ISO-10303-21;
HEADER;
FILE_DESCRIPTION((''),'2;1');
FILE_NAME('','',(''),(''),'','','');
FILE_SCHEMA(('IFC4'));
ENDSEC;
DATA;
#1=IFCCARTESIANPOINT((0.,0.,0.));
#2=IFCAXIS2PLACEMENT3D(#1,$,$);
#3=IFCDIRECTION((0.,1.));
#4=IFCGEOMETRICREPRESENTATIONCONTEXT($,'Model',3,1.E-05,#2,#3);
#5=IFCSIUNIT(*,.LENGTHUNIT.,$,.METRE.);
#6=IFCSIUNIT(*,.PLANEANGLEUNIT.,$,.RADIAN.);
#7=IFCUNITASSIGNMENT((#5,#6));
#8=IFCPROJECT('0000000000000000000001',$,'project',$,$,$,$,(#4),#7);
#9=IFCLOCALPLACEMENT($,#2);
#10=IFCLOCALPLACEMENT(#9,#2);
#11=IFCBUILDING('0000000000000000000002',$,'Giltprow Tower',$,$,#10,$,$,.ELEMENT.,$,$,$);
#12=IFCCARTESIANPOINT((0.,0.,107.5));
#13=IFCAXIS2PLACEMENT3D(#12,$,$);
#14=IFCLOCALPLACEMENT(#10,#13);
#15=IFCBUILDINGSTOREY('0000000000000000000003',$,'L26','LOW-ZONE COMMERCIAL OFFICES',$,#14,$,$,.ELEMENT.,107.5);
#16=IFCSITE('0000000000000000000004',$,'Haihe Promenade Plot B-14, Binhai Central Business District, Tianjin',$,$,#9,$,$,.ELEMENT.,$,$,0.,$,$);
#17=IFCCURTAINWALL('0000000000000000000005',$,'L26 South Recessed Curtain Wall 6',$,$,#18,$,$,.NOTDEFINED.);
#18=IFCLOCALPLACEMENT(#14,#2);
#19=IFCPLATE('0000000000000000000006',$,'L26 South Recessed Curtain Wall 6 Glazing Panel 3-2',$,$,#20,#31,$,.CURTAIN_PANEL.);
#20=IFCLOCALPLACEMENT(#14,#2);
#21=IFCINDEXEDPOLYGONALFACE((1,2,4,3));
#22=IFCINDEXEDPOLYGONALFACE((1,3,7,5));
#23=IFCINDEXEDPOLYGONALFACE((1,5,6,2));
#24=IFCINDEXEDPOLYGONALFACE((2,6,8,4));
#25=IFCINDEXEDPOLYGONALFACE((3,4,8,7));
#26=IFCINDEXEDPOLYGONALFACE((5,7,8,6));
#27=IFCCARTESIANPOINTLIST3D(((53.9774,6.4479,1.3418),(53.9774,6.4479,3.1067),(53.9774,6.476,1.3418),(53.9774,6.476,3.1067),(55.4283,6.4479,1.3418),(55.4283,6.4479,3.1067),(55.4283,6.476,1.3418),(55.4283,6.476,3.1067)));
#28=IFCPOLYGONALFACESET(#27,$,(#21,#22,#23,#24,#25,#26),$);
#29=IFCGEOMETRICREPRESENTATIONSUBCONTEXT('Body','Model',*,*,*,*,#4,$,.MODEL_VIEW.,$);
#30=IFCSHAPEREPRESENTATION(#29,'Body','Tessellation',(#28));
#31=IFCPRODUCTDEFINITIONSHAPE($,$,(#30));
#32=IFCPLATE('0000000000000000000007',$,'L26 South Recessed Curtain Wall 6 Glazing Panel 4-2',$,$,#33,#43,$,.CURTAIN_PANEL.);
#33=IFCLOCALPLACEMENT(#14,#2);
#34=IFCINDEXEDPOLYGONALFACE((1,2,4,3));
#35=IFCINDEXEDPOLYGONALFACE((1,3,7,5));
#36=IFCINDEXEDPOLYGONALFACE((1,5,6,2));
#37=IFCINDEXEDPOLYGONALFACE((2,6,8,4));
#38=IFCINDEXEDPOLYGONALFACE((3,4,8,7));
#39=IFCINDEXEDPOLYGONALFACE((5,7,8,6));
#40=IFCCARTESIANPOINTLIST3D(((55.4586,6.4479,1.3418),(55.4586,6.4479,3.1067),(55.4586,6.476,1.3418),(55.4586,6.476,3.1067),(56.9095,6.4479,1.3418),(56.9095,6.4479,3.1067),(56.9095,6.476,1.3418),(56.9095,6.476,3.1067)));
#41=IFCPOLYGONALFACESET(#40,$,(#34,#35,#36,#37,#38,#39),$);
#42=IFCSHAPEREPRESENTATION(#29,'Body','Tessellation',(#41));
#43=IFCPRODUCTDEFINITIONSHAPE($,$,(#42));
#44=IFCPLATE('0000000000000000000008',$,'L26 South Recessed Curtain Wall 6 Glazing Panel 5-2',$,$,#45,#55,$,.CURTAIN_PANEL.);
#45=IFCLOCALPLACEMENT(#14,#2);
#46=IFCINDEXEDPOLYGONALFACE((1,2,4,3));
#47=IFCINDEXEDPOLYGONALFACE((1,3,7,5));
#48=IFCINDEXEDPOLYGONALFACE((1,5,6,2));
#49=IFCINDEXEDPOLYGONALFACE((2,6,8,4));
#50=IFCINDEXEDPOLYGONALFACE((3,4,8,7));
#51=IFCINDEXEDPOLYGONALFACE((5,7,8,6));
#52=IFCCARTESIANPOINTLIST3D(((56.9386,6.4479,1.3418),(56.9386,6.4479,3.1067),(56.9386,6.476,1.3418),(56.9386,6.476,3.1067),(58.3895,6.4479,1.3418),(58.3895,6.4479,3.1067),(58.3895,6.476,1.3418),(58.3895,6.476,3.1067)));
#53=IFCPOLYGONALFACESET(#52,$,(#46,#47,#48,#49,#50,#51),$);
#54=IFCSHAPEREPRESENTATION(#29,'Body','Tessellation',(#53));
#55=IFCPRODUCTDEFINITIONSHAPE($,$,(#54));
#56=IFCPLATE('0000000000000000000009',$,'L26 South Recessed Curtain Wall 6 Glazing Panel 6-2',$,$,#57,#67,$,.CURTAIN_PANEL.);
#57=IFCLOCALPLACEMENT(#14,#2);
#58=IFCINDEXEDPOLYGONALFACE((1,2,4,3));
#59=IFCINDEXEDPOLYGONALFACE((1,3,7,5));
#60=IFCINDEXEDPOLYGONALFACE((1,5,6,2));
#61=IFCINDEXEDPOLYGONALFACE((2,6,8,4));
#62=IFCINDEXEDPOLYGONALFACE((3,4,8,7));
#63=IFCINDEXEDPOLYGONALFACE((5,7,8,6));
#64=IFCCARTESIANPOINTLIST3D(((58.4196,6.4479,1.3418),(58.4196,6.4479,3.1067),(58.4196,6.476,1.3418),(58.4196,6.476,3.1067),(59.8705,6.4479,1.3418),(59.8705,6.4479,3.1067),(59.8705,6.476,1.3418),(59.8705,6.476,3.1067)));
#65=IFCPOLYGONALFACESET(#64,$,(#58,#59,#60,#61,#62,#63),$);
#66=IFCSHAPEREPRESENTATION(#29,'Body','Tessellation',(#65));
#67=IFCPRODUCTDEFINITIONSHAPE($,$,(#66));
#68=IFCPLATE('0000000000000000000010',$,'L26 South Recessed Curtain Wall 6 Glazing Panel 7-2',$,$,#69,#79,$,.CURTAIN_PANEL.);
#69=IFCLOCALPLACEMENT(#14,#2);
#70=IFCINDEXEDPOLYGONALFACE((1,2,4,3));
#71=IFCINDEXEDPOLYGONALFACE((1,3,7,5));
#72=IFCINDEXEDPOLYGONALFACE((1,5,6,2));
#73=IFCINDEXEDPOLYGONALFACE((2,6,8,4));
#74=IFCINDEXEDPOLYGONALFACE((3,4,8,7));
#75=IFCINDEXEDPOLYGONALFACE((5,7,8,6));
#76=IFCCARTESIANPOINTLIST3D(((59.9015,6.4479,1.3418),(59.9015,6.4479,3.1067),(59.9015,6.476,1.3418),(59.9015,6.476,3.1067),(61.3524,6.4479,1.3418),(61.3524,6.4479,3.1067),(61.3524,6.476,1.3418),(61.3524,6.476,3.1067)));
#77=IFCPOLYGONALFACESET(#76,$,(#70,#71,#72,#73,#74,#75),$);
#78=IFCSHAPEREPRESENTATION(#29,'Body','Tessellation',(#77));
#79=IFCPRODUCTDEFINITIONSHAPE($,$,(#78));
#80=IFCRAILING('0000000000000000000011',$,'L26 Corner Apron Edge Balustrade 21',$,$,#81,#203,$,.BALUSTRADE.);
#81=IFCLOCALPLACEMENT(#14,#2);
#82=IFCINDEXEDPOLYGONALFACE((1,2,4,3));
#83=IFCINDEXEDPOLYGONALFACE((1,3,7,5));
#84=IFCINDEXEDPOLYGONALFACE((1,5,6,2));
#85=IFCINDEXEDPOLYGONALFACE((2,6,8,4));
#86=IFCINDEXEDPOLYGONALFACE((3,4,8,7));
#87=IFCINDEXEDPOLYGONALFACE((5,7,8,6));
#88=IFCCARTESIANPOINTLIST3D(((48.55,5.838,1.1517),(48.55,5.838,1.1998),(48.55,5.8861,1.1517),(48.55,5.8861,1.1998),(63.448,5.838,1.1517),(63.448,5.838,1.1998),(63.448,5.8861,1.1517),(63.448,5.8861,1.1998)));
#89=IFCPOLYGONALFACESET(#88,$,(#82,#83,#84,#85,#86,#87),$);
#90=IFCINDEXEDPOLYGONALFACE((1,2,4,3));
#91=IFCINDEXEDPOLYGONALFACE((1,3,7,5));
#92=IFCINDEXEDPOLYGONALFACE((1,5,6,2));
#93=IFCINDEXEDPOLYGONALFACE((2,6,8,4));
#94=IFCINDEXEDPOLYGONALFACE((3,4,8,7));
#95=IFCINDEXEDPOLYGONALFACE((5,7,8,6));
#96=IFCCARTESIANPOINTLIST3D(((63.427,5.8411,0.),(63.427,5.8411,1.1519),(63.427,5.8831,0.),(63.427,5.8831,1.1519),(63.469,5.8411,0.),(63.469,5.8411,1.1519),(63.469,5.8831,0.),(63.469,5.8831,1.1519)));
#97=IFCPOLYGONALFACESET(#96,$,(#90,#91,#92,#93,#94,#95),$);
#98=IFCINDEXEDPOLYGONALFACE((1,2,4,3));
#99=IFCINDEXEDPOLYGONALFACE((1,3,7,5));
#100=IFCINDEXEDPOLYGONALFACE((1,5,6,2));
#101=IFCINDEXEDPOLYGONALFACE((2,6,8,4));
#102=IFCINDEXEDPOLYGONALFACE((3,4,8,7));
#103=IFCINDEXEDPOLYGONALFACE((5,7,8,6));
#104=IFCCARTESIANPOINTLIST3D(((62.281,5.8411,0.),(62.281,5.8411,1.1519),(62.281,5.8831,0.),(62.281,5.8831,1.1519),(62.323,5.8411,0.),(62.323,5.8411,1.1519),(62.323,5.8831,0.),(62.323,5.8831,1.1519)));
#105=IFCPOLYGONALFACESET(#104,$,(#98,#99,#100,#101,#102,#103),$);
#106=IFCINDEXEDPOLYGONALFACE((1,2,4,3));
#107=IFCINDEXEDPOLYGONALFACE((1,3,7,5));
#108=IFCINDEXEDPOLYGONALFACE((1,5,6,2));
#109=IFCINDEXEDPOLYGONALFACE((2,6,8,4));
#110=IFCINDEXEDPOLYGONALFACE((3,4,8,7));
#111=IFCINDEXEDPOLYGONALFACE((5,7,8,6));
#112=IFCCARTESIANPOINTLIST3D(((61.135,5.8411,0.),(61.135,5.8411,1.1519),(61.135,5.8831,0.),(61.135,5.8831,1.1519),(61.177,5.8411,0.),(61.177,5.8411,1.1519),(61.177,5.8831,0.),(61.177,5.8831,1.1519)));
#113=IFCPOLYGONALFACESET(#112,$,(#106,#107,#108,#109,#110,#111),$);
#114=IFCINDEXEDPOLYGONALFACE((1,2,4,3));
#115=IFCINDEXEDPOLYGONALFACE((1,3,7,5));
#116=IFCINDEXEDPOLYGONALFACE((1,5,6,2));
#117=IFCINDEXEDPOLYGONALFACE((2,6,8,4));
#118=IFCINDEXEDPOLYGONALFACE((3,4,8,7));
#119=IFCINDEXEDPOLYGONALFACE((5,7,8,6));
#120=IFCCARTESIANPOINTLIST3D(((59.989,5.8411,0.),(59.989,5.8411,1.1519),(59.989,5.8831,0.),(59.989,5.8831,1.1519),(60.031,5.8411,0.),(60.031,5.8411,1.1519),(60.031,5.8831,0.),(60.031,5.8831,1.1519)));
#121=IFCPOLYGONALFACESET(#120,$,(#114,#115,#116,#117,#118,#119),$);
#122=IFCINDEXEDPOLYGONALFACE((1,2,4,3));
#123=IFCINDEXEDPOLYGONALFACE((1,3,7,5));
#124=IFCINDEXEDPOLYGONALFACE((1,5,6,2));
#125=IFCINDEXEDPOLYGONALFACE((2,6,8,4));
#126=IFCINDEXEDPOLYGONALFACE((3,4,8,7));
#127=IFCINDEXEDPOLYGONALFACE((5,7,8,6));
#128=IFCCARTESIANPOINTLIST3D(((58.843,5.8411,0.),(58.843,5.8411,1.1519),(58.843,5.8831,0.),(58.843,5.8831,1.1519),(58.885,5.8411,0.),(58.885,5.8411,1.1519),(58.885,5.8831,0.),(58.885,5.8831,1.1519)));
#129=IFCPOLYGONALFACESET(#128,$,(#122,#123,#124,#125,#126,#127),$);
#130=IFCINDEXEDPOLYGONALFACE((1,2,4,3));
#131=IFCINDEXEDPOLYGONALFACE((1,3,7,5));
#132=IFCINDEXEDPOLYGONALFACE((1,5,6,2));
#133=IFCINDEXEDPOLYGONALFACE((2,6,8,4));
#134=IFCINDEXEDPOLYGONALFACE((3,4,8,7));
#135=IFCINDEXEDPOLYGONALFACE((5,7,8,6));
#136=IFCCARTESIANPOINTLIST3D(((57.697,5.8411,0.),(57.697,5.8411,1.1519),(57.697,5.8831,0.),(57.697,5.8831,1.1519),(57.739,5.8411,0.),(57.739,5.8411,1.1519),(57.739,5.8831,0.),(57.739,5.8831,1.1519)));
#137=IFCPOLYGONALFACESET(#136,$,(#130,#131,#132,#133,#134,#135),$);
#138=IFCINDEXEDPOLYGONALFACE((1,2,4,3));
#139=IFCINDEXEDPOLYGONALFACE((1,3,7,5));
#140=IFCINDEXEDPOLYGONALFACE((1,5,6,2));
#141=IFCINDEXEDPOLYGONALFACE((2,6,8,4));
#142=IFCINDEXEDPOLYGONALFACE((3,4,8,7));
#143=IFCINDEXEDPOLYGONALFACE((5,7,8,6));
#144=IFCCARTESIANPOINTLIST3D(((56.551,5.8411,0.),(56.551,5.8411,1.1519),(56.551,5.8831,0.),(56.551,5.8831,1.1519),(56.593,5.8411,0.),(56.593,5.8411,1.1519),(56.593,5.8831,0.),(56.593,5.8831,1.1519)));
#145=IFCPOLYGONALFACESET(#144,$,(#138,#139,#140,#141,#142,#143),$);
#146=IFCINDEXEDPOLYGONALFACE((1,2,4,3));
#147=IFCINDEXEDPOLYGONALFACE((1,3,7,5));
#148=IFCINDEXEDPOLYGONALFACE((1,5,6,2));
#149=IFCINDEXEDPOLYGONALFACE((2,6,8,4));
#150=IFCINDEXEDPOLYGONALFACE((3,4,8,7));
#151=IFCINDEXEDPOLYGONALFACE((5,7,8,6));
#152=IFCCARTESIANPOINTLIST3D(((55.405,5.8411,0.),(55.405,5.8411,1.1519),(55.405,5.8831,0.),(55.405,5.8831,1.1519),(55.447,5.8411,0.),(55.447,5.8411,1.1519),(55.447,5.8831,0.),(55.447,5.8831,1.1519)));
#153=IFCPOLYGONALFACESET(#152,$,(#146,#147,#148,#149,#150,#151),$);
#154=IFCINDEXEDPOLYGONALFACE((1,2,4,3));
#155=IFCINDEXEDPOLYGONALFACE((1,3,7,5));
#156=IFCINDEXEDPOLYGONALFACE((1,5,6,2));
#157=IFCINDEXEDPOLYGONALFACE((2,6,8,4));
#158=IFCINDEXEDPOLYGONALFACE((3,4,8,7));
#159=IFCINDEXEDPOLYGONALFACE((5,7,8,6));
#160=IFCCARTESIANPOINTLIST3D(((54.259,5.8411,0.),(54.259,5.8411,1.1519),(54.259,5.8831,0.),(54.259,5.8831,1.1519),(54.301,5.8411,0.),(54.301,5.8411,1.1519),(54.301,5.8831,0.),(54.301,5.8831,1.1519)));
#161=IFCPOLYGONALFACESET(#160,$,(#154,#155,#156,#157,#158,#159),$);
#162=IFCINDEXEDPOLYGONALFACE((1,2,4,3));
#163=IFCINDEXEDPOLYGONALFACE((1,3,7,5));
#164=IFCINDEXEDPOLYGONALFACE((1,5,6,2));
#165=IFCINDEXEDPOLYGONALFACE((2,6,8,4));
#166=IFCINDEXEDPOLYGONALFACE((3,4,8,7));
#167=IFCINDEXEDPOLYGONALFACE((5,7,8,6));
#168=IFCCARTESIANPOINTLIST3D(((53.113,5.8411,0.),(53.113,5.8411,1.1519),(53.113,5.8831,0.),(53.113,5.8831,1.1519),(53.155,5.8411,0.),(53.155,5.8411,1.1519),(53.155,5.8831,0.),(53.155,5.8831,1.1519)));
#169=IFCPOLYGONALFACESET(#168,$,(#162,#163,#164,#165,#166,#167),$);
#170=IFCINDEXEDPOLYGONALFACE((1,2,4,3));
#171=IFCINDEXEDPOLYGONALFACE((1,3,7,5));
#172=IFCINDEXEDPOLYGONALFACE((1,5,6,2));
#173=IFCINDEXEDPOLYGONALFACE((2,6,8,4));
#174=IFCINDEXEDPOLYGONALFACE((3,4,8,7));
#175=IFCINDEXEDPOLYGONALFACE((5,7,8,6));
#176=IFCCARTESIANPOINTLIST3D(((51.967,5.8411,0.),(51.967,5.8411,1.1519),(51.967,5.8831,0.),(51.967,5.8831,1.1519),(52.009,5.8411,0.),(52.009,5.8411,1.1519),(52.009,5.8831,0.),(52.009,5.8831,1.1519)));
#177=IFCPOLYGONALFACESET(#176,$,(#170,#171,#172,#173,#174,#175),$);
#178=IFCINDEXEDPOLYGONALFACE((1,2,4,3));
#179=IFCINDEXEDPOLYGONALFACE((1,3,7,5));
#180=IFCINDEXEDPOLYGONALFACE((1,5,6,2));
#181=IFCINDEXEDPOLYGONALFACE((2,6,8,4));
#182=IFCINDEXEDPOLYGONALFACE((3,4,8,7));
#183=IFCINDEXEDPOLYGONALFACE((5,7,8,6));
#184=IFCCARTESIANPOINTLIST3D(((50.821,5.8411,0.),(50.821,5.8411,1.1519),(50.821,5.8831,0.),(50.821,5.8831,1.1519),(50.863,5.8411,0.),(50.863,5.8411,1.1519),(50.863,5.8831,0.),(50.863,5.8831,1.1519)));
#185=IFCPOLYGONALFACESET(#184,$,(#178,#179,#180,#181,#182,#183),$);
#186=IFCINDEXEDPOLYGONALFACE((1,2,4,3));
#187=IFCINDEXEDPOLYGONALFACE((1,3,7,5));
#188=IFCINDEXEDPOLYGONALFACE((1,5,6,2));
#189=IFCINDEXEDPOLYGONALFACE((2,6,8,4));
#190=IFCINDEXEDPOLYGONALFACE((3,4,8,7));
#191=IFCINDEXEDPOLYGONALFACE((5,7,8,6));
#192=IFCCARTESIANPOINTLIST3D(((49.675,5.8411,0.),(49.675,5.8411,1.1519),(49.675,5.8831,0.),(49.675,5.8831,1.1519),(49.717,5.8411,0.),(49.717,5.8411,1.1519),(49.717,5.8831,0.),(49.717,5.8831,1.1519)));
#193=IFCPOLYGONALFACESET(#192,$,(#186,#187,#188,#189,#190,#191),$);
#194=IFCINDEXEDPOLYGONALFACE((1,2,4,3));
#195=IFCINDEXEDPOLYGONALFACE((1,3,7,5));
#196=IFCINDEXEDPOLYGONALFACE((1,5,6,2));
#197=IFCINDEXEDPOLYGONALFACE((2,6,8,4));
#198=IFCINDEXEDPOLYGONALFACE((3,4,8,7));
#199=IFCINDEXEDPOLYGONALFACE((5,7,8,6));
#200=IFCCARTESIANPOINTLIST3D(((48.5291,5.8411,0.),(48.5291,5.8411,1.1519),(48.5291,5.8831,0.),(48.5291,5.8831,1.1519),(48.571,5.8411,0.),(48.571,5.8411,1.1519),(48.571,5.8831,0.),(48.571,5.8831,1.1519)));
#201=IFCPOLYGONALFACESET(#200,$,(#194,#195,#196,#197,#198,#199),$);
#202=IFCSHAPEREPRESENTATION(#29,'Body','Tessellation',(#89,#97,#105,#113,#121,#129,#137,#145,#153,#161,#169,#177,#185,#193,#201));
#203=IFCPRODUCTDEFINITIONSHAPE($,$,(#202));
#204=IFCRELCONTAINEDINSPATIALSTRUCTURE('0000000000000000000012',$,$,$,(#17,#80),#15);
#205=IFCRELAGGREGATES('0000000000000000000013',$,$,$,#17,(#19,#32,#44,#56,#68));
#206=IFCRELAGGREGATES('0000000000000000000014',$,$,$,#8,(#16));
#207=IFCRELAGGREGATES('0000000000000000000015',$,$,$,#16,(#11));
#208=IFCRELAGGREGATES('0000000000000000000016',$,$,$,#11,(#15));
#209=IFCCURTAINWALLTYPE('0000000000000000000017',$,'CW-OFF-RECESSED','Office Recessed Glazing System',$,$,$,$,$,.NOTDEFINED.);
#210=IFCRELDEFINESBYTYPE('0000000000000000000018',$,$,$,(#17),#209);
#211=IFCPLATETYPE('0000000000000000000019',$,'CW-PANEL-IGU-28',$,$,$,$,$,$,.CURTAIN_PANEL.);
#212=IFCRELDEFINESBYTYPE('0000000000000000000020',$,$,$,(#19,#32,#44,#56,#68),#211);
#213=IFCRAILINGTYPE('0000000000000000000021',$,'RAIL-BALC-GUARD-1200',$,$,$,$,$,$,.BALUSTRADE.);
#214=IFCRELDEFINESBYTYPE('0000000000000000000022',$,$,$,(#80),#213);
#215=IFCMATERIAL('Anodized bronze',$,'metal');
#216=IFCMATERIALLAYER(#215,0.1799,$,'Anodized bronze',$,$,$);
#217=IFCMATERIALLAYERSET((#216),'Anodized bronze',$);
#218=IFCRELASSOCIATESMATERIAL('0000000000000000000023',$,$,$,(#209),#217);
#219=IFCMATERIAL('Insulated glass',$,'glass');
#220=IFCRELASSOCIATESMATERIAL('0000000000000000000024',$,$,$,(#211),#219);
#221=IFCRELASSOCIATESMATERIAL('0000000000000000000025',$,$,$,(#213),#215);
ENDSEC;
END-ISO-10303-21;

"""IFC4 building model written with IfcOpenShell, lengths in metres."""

from ifc_helpers import new_model, si_unit, direction, frame, origin, origin_2d, place, context, subcontext, project, spatial, rectangle, extrude, source, transform, mapped, material, layer, layer_set, type_object, element, aggregate, save


model = new_model("IFC4")

# Units and contexts
model_context = context("Model", 3, precision=1e-05, world=origin(), true_north=direction((0.0, 1.0)))
body_context = subcontext(model_context, "Body", "Model", "MODEL_VIEW")
ifc_project = project(units=[si_unit("LENGTHUNIT", "METRE"), si_unit("PLANEANGLEUNIT", "RADIAN")], contexts=[model_context])

# Site, building, storey
site_placement = place(None, origin())
site = spatial("IfcSite", under=ifc_project, at=site_placement, Name="Haihe Promenade Plot B-14, Binhai Central Business District, Tianjin", CompositionType="ELEMENT", RefElevation=0.0)
building_placement = place(site_placement, origin())
building = spatial("IfcBuilding", under=site, at=building_placement, Name="Giltprow Tower", CompositionType="ELEMENT")
storey_placement = place(building_placement, frame((0.0, 0.0, 107.5)))
storey = spatial("IfcBuildingStorey", under=building, at=storey_placement, Name="L26", Description="LOW-ZONE COMMERCIAL OFFICES", CompositionType="ELEMENT", Elevation=107.5)

# Curtain wall, plates
ifc_material_1 = material(Name="Anodized bronze", Category="metal")
ifc_layer = layer(ifc_material_1, 0.1799, Name="Anodized bronze")
ifc_layer_set = layer_set([ifc_layer], Name="Anodized bronze")
curtain_wall_type = type_object("IfcCurtainWallType", Name="CW-OFF-RECESSED", Description="Office Recessed Glazing System", PredefinedType="NOTDEFINED", material=ifc_layer_set)
curtain_wall_placement = place(storey_placement, origin())
curtain_wall = element("IfcCurtainWall", 1, at=curtain_wall_placement, inside=storey, type_object=curtain_wall_type, Name="L26 South Recessed Curtain Wall 6", PredefinedType="NOTDEFINED")
ifc_material_2 = material(Name="Insulated glass", Category="glass")
plate_type = type_object("IfcPlateType", Name="CW-PANEL-IGU-28", PredefinedType="CURTAIN_PANEL", material=ifc_material_2)
shared_shape_1 = source(origin(), body_context, "Body", "SweptSolid", [
    extrude(rectangle(XDim=1.4509, YDim=0.0281, at=origin_2d()), origin(), (0.0, 0.0, 1.0), 1.7649),
])
plate_1_placement = place(storey_placement, frame((54.7029, 6.4619, 1.3418), z_axis=(0.0, 0.0, 1.0), x_axis=(1.0, 0.0, 0.0)))
plate_1 = element("IfcPlate", 2, at=plate_1_placement, type_object=plate_type, Name="L26 South Recessed Curtain Wall 6 Glazing Panel 3-2", PredefinedType="CURTAIN_PANEL", context=body_context, shape_type="MappedRepresentation", body=[
    mapped(shared_shape_1, transform((0.0, 0.0, 0.0), x_axis=(1.0, 0.0, 0.0), y_axis=(0.0, 1.0, 0.0), z_axis=(0.0, 0.0, 1.0), scale=1.0)),
])
plate_2_placement = place(storey_placement, frame((56.1841, 6.4619, 1.3418), z_axis=(0.0, 0.0, 1.0), x_axis=(1.0, 0.0, 0.0)))
plate_2 = element("IfcPlate", 3, at=plate_2_placement, type_object=plate_type, Name="L26 South Recessed Curtain Wall 6 Glazing Panel 4-2", PredefinedType="CURTAIN_PANEL", context=body_context, shape_type="MappedRepresentation", body=[
    mapped(shared_shape_1, transform((0.0, 0.0, 0.0), x_axis=(1.0, 0.0, 0.0), y_axis=(0.0, 1.0, 0.0), z_axis=(0.0, 0.0, 1.0), scale=1.0)),
])
plate_3_placement = place(storey_placement, frame((57.6641, 6.4619, 1.3418), z_axis=(0.0, 0.0, 1.0), x_axis=(1.0, 0.0, 0.0)))
plate_3 = element("IfcPlate", 4, at=plate_3_placement, type_object=plate_type, Name="L26 South Recessed Curtain Wall 6 Glazing Panel 5-2", PredefinedType="CURTAIN_PANEL", context=body_context, shape_type="MappedRepresentation", body=[
    mapped(shared_shape_1, transform((0.0, 0.0, 0.0), x_axis=(1.0, 0.0, 0.0), y_axis=(0.0, 1.0, 0.0), z_axis=(0.0, 0.0, 1.0), scale=1.0)),
])
plate_4_placement = place(storey_placement, frame((59.145, 6.4619, 1.3418), z_axis=(0.0, 0.0, 1.0), x_axis=(1.0, 0.0, 0.0)))
plate_4 = element("IfcPlate", 5, at=plate_4_placement, type_object=plate_type, Name="L26 South Recessed Curtain Wall 6 Glazing Panel 6-2", PredefinedType="CURTAIN_PANEL", context=body_context, shape_type="MappedRepresentation", body=[
    mapped(shared_shape_1, transform((0.0, 0.0, 0.0), x_axis=(1.0, 0.0, 0.0), y_axis=(0.0, 1.0, 0.0), z_axis=(0.0, 0.0, 1.0), scale=1.0)),
])
plate_5_placement = place(storey_placement, frame((60.627, 6.4619, 1.3418), z_axis=(0.0, 0.0, 1.0), x_axis=(1.0, 0.0, 0.0)))
plate_5 = element("IfcPlate", 6, at=plate_5_placement, type_object=plate_type, Name="L26 South Recessed Curtain Wall 6 Glazing Panel 7-2", PredefinedType="CURTAIN_PANEL", context=body_context, shape_type="MappedRepresentation", body=[
    mapped(shared_shape_1, transform((0.0, 0.0, 0.0), x_axis=(1.0, 0.0, 0.0), y_axis=(0.0, 1.0, 0.0), z_axis=(0.0, 0.0, 1.0), scale=1.0)),
])
aggregate(curtain_wall, [plate_1, plate_2, plate_3, plate_4, plate_5])

# Railing
railing_type = type_object("IfcRailingType", Name="RAIL-BALC-GUARD-1200", PredefinedType="BALUSTRADE", material=ifc_material_1)
railing_placement = place(storey_placement, frame((63.448, 5.8621, 0.0)))
element("IfcRailing", 7, at=railing_placement, inside=storey, type_object=railing_type, Name="L26 Corner Apron Edge Balustrade 21", PredefinedType="BALUSTRADE", context=body_context, shape_type="SweptSolid", body=[
    extrude(rectangle(XDim=0.0481, YDim=0.0481, at=origin_2d()), frame((0.0, 0.0, 1.1758), z_axis=(-1.0, 0.0, 0.0), x_axis=(0.0, -1.0, 0.0)), (0.0, 0.0, 1.0), 14.8979),
    extrude(rectangle(XDim=0.042, YDim=0.042, at=origin_2d()), origin(), (0.0, 0.0, 1.0), 1.1519),
    extrude(rectangle(XDim=0.042, YDim=0.042, at=origin_2d()), frame((-1.146, 0.0, 0.0)), (0.0, 0.0, 1.0), 1.1519),
    extrude(rectangle(XDim=0.042, YDim=0.042, at=origin_2d()), frame((-2.292, 0.0, 0.0)), (0.0, 0.0, 1.0), 1.1519),
    extrude(rectangle(XDim=0.042, YDim=0.042, at=origin_2d()), frame((-3.438, 0.0, 0.0)), (0.0, 0.0, 1.0), 1.1519),
    extrude(rectangle(XDim=0.042, YDim=0.042, at=origin_2d()), frame((-4.584, 0.0, 0.0)), (0.0, 0.0, 1.0), 1.1519),
    extrude(rectangle(XDim=0.042, YDim=0.042, at=origin_2d()), frame((-5.73, 0.0, 0.0)), (0.0, 0.0, 1.0), 1.1519),
    extrude(rectangle(XDim=0.042, YDim=0.042, at=origin_2d()), frame((-6.876, 0.0, 0.0)), (0.0, 0.0, 1.0), 1.1519),
    extrude(rectangle(XDim=0.042, YDim=0.042, at=origin_2d()), frame((-8.022, 0.0, 0.0)), (0.0, 0.0, 1.0), 1.1519),
    extrude(rectangle(XDim=0.042, YDim=0.042, at=origin_2d()), frame((-9.168, 0.0, 0.0)), (0.0, 0.0, 1.0), 1.1519),
    extrude(rectangle(XDim=0.042, YDim=0.042, at=origin_2d()), frame((-10.314, 0.0, 0.0)), (0.0, 0.0, 1.0), 1.1519),
    extrude(rectangle(XDim=0.042, YDim=0.042, at=origin_2d()), frame((-11.46, 0.0, 0.0)), (0.0, 0.0, 1.0), 1.1519),
    extrude(rectangle(XDim=0.042, YDim=0.042, at=origin_2d()), frame((-12.606, 0.0, 0.0)), (0.0, 0.0, 1.0), 1.1519),
    extrude(rectangle(XDim=0.042, YDim=0.042, at=origin_2d()), frame((-13.752, 0.0, 0.0)), (0.0, 0.0, 1.0), 1.1519),
    extrude(rectangle(XDim=0.042, YDim=0.042, at=origin_2d()), frame((-14.8979, 0.0, 0.0)), (0.0, 0.0, 1.0), 1.1519),
])

save(model, "model.ifc")
